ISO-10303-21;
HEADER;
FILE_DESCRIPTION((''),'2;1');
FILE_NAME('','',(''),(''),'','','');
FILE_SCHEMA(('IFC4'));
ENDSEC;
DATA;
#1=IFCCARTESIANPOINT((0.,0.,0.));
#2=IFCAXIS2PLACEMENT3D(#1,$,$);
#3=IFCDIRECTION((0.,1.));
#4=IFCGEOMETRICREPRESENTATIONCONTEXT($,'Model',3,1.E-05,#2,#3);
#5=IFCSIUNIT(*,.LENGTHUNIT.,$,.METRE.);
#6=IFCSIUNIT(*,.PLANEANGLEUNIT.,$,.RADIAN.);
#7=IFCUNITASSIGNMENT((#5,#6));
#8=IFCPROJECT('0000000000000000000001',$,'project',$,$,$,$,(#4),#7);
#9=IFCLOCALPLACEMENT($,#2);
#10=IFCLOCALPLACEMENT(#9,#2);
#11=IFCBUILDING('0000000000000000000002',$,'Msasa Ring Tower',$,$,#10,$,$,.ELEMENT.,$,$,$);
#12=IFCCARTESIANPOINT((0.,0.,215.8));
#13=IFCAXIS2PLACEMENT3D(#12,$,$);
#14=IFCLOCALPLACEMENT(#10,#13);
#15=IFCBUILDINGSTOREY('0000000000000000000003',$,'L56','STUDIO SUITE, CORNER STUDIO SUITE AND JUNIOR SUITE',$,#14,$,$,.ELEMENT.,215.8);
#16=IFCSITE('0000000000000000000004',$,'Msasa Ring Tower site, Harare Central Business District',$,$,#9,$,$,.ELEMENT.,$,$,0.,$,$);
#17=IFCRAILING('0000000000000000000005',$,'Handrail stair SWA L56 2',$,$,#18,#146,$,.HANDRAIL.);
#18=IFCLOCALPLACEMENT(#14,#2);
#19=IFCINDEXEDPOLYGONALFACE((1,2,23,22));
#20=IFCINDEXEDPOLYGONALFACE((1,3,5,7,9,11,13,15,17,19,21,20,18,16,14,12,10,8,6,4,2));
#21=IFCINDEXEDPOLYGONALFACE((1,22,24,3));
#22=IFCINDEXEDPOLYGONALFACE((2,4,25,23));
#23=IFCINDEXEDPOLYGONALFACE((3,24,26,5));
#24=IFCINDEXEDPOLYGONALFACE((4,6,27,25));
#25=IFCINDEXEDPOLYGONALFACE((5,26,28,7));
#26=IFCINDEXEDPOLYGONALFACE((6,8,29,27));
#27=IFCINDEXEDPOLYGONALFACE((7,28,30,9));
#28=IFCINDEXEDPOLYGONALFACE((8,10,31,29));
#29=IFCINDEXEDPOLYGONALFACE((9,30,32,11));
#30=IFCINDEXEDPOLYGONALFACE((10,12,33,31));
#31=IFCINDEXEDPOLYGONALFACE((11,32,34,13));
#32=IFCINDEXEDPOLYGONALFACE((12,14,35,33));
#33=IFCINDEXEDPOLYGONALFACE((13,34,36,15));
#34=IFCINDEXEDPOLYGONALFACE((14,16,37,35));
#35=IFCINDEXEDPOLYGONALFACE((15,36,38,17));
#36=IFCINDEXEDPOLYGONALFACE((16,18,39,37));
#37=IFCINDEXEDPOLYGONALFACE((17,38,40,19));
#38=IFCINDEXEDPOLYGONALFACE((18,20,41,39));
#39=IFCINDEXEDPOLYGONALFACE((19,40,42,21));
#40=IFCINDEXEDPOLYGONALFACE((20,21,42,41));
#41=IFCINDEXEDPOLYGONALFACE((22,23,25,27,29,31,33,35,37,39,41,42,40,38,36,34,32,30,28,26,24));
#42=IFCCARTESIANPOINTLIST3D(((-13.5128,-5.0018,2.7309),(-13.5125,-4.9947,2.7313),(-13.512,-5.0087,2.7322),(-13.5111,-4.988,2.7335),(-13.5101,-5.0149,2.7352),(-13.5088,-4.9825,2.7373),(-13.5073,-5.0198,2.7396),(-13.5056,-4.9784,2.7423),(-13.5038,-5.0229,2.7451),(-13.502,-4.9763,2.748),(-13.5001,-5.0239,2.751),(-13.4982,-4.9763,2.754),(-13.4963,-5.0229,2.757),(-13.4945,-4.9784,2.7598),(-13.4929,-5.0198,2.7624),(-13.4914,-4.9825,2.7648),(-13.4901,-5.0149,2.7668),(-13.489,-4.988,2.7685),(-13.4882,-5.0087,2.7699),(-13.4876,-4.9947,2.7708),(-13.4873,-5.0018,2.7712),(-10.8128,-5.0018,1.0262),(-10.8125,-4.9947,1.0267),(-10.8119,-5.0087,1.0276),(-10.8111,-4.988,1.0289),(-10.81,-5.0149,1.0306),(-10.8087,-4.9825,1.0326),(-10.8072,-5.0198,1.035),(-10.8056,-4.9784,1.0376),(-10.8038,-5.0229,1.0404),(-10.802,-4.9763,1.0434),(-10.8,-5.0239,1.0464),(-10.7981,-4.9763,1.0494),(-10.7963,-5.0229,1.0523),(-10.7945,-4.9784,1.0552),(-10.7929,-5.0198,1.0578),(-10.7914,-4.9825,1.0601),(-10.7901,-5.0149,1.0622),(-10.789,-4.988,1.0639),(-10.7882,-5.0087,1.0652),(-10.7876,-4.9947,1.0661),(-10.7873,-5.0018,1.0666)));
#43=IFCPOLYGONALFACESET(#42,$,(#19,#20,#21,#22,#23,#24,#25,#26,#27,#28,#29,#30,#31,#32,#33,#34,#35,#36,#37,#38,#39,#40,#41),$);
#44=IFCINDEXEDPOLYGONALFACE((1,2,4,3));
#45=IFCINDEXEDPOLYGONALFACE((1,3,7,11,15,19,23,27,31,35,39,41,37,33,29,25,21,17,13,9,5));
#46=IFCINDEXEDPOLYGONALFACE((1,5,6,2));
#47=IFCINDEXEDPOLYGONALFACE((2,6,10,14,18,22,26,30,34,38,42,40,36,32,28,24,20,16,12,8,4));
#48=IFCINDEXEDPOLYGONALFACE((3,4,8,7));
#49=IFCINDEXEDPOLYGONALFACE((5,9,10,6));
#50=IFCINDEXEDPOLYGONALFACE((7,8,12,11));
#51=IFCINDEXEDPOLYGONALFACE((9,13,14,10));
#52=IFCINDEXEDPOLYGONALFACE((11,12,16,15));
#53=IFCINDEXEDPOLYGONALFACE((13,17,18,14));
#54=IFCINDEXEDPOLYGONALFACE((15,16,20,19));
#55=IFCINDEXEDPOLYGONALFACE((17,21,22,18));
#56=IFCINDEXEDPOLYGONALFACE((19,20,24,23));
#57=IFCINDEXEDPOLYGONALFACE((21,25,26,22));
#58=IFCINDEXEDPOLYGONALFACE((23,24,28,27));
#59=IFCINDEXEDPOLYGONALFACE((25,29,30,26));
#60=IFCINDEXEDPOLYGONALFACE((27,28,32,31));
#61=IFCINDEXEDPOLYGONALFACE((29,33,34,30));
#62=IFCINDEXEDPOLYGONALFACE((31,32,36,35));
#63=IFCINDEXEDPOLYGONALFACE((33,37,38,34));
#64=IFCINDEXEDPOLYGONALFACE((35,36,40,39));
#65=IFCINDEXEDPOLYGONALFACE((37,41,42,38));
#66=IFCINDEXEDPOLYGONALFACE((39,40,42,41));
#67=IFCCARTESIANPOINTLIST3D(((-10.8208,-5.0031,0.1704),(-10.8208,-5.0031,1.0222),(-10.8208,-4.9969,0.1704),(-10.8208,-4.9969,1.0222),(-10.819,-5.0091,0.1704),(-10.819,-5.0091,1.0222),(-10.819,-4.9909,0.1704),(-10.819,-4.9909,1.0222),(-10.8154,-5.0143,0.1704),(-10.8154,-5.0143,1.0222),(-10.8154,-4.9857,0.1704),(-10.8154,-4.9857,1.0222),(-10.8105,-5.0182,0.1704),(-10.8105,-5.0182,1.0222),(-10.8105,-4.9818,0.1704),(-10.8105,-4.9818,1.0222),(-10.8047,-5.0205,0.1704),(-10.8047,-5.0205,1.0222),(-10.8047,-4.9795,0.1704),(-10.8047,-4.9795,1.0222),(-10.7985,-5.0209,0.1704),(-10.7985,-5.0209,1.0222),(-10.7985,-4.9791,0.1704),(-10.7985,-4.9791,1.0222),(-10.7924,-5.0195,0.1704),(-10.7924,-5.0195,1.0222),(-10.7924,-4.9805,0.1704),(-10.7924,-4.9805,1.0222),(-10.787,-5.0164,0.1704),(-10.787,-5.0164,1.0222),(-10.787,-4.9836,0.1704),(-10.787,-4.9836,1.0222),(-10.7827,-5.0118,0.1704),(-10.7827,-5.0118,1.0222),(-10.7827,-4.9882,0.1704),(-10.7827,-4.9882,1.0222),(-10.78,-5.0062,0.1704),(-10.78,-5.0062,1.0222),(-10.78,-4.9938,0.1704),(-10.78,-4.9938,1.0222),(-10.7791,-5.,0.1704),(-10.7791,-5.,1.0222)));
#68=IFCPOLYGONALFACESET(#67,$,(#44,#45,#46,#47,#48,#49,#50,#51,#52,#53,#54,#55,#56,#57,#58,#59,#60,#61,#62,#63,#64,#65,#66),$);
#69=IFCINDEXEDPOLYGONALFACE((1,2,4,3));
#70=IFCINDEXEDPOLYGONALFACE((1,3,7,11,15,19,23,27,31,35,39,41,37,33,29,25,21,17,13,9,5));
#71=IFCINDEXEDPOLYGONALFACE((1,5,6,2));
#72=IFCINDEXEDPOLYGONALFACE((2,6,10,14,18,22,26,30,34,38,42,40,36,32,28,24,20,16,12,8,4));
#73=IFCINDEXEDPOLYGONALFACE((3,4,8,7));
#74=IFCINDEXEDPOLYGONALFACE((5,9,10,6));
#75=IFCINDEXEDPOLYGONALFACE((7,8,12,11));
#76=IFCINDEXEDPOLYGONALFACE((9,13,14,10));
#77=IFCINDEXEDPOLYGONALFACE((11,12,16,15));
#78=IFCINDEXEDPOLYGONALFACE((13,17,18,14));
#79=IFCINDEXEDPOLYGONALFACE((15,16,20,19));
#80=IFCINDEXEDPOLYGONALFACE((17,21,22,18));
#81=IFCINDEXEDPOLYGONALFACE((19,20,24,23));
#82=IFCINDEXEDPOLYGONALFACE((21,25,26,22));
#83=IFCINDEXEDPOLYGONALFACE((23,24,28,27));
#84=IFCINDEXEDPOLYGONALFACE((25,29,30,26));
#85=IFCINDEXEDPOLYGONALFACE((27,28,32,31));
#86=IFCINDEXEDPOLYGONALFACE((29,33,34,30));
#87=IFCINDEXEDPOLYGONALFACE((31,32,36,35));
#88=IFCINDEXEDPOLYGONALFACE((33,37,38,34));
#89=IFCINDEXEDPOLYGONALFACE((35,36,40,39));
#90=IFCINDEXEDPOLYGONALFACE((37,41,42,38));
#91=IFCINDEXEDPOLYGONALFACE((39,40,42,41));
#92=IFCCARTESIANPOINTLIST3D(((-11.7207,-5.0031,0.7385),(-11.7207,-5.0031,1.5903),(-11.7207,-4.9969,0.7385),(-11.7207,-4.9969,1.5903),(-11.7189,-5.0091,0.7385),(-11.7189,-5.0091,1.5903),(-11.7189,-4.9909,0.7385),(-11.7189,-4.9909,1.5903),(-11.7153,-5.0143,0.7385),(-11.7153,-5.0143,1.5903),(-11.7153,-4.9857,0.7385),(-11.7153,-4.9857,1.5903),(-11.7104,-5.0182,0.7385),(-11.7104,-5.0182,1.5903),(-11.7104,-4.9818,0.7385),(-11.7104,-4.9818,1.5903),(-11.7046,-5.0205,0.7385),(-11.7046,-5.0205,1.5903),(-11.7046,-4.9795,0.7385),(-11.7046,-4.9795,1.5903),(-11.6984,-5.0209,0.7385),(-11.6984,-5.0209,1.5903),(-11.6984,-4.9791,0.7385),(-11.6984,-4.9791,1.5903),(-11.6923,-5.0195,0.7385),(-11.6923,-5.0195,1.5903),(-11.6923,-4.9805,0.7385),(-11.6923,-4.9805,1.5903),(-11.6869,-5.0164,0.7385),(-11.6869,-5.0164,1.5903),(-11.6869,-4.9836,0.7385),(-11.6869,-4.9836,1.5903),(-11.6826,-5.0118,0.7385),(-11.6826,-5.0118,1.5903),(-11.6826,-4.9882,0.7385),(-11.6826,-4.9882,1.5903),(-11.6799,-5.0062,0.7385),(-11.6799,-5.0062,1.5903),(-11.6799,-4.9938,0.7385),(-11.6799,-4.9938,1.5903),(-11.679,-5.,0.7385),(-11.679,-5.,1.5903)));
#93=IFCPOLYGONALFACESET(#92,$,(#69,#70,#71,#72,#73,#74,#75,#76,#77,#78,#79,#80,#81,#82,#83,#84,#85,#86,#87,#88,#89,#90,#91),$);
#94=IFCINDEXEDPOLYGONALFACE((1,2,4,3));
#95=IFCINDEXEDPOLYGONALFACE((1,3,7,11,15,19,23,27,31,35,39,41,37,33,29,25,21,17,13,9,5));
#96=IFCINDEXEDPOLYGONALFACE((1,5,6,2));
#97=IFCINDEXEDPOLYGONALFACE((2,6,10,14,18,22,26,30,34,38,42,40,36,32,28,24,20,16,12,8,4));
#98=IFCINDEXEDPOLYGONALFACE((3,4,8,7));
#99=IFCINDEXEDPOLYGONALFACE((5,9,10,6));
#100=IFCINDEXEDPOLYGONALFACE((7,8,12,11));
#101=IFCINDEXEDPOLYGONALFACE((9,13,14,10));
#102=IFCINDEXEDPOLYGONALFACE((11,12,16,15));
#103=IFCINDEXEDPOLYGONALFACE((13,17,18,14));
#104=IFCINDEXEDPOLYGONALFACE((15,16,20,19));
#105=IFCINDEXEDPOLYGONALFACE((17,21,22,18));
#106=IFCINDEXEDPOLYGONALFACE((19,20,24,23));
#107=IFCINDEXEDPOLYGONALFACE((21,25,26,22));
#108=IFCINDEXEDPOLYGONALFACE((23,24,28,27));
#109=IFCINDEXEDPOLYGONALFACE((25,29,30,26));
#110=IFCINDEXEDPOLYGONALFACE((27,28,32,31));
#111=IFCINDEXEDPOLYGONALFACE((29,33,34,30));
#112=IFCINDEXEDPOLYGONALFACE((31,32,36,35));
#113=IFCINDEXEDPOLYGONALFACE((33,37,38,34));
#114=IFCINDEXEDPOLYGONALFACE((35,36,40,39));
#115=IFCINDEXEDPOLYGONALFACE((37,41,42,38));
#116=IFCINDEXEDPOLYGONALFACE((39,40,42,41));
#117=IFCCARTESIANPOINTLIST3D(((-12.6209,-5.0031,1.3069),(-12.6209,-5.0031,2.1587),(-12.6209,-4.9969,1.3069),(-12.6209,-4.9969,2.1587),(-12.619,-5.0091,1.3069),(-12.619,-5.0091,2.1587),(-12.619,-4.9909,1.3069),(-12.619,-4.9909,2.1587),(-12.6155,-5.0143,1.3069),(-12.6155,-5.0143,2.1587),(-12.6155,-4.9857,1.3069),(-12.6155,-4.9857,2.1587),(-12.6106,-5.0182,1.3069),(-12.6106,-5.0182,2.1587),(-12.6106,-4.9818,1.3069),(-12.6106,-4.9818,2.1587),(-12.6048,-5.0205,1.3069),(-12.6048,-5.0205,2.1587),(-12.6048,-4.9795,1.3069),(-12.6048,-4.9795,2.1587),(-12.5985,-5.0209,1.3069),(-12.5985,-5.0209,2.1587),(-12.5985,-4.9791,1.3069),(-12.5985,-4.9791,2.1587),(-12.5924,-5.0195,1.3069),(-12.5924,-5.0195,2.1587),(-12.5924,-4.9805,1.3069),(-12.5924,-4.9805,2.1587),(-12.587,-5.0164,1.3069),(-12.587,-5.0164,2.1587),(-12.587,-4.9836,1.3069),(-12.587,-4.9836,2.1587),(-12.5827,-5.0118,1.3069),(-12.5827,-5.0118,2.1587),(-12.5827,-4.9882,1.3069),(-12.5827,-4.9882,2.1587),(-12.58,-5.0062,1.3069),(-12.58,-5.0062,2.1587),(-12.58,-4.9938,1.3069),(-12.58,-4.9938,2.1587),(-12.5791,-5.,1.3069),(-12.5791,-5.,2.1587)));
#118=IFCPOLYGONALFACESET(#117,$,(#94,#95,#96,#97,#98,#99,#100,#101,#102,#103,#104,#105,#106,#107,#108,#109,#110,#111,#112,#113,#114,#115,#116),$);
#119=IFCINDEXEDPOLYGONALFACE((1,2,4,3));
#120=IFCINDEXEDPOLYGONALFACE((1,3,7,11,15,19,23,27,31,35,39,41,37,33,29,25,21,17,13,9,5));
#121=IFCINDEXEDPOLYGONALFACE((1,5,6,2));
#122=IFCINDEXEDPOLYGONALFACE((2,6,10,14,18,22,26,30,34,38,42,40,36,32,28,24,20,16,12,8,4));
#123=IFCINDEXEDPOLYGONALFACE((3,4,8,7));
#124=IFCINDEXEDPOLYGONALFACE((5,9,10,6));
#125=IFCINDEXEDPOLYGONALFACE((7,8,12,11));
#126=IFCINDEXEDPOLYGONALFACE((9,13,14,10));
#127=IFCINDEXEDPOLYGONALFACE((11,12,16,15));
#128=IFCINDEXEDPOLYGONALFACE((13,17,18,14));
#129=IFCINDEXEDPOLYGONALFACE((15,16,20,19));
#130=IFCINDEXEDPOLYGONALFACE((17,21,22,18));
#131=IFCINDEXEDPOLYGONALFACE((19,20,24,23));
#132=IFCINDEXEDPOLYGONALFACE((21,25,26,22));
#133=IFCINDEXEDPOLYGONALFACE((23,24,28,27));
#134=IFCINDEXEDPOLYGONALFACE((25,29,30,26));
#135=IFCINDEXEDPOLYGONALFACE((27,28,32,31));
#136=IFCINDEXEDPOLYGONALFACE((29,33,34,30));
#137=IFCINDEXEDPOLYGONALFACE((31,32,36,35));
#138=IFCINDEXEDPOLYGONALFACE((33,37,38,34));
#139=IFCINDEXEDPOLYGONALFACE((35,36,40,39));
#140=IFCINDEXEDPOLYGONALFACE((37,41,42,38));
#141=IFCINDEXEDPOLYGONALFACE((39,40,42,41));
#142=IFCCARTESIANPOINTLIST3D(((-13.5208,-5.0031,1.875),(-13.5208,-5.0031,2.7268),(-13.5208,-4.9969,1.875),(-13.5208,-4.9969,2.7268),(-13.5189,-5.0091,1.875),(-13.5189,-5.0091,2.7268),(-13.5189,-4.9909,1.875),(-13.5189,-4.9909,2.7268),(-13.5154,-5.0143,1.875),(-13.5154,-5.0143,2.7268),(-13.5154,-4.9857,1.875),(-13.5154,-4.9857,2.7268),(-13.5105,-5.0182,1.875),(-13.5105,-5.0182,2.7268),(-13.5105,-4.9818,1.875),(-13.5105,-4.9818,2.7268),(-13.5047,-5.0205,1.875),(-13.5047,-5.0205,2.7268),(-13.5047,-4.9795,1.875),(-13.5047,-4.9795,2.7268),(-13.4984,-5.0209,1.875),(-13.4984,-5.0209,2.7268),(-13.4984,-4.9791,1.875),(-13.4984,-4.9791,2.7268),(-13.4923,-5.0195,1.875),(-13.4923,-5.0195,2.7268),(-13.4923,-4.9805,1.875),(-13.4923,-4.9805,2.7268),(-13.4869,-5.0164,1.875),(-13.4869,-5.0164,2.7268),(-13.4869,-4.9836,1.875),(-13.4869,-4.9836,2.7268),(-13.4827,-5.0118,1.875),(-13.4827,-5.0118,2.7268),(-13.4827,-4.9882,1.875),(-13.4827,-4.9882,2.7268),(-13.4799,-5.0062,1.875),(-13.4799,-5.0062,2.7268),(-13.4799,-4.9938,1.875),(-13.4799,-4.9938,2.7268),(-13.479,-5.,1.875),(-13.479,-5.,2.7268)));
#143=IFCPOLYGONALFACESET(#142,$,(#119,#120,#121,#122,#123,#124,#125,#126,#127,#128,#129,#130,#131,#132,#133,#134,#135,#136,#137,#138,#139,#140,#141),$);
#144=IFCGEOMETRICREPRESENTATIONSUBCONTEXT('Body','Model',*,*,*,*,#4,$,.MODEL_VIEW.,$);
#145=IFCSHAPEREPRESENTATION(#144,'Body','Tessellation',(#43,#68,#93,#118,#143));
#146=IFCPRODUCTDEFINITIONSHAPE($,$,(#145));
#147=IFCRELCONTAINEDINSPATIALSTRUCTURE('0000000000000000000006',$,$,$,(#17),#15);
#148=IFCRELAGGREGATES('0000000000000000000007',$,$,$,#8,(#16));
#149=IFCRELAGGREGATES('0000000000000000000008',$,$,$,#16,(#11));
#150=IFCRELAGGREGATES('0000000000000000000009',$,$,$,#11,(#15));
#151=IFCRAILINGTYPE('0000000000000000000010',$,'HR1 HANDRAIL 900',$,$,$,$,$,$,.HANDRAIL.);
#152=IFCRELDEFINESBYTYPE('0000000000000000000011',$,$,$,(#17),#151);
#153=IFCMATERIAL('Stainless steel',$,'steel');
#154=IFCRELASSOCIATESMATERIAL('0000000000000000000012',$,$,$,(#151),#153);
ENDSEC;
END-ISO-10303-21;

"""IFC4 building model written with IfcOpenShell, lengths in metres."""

from ifc_helpers import new_model, si_unit, direction, frame, origin, origin_2d, place, context, subcontext, project, spatial, circle, extrude, material, type_object, element, save


model = new_model("IFC4")

# Units and contexts
model_context = context("Model", 3, precision=1e-05, world=origin(), true_north=direction((0.0, 1.0)))
body_context = subcontext(model_context, "Body", "Model", "MODEL_VIEW")
ifc_project = project(units=[si_unit("LENGTHUNIT", "METRE"), si_unit("PLANEANGLEUNIT", "RADIAN")], contexts=[model_context])

# Site, building, storey
site_placement = place(None, origin())
site = spatial("IfcSite", under=ifc_project, at=site_placement, Name="Msasa Ring Tower site, Harare Central Business District", CompositionType="ELEMENT", RefElevation=0.0)
building_placement = place(site_placement, origin())
building = spatial("IfcBuilding", under=site, at=building_placement, Name="Msasa Ring Tower", CompositionType="ELEMENT")
storey_placement = place(building_placement, frame((0.0, 0.0, 215.8)))
storey = spatial("IfcBuildingStorey", under=building, at=storey_placement, Name="L56", Description="STUDIO SUITE, CORNER STUDIO SUITE AND JUNIOR SUITE", CompositionType="ELEMENT", Elevation=215.8)

# Railing
ifc_material_1 = material(Name="Stainless steel", Category="steel")
railing_type = type_object("IfcRailingType", Name="HR1 HANDRAIL 900", PredefinedType="HANDRAIL", material=ifc_material_1)
for number, where, name in (
    (1, (-10.8, -5.0, 0.1704), "Handrail stair SWA L56 2"),
):
    element("IfcRailing", number, at=place(storey_placement, frame(where)), inside=storey, type_object=railing_type, Name=name, PredefinedType="HANDRAIL", context=body_context, shape_type="SweptSolid", body=[
        extrude(circle(Radius=0.0239, at=origin_2d()), frame((0.0, 0.0, 0.876), z_axis=(-0.84558, 0.0, 0.533849), x_axis=(0.0, -1.0, 0.0)), (0.0, 0.0, 1.0), 3.1931),
        extrude(circle(Radius=0.021, at=origin_2d()), origin(), (0.0, 0.0, 1.0), 0.8518),
        extrude(circle(Radius=0.021, at=origin_2d()), frame((-0.8999, 0.0, 0.5681)), (0.0, 0.0, 1.0), 0.8518),
        extrude(circle(Radius=0.021, at=origin_2d()), frame((-1.8, 0.0, 1.1365)), (0.0, 0.0, 1.0), 0.8518),
        extrude(circle(Radius=0.021, at=origin_2d()), frame((-2.7, 0.0, 1.7046)), (0.0, 0.0, 1.0), 0.8518),
    ])

save(model, "model.ifc")
